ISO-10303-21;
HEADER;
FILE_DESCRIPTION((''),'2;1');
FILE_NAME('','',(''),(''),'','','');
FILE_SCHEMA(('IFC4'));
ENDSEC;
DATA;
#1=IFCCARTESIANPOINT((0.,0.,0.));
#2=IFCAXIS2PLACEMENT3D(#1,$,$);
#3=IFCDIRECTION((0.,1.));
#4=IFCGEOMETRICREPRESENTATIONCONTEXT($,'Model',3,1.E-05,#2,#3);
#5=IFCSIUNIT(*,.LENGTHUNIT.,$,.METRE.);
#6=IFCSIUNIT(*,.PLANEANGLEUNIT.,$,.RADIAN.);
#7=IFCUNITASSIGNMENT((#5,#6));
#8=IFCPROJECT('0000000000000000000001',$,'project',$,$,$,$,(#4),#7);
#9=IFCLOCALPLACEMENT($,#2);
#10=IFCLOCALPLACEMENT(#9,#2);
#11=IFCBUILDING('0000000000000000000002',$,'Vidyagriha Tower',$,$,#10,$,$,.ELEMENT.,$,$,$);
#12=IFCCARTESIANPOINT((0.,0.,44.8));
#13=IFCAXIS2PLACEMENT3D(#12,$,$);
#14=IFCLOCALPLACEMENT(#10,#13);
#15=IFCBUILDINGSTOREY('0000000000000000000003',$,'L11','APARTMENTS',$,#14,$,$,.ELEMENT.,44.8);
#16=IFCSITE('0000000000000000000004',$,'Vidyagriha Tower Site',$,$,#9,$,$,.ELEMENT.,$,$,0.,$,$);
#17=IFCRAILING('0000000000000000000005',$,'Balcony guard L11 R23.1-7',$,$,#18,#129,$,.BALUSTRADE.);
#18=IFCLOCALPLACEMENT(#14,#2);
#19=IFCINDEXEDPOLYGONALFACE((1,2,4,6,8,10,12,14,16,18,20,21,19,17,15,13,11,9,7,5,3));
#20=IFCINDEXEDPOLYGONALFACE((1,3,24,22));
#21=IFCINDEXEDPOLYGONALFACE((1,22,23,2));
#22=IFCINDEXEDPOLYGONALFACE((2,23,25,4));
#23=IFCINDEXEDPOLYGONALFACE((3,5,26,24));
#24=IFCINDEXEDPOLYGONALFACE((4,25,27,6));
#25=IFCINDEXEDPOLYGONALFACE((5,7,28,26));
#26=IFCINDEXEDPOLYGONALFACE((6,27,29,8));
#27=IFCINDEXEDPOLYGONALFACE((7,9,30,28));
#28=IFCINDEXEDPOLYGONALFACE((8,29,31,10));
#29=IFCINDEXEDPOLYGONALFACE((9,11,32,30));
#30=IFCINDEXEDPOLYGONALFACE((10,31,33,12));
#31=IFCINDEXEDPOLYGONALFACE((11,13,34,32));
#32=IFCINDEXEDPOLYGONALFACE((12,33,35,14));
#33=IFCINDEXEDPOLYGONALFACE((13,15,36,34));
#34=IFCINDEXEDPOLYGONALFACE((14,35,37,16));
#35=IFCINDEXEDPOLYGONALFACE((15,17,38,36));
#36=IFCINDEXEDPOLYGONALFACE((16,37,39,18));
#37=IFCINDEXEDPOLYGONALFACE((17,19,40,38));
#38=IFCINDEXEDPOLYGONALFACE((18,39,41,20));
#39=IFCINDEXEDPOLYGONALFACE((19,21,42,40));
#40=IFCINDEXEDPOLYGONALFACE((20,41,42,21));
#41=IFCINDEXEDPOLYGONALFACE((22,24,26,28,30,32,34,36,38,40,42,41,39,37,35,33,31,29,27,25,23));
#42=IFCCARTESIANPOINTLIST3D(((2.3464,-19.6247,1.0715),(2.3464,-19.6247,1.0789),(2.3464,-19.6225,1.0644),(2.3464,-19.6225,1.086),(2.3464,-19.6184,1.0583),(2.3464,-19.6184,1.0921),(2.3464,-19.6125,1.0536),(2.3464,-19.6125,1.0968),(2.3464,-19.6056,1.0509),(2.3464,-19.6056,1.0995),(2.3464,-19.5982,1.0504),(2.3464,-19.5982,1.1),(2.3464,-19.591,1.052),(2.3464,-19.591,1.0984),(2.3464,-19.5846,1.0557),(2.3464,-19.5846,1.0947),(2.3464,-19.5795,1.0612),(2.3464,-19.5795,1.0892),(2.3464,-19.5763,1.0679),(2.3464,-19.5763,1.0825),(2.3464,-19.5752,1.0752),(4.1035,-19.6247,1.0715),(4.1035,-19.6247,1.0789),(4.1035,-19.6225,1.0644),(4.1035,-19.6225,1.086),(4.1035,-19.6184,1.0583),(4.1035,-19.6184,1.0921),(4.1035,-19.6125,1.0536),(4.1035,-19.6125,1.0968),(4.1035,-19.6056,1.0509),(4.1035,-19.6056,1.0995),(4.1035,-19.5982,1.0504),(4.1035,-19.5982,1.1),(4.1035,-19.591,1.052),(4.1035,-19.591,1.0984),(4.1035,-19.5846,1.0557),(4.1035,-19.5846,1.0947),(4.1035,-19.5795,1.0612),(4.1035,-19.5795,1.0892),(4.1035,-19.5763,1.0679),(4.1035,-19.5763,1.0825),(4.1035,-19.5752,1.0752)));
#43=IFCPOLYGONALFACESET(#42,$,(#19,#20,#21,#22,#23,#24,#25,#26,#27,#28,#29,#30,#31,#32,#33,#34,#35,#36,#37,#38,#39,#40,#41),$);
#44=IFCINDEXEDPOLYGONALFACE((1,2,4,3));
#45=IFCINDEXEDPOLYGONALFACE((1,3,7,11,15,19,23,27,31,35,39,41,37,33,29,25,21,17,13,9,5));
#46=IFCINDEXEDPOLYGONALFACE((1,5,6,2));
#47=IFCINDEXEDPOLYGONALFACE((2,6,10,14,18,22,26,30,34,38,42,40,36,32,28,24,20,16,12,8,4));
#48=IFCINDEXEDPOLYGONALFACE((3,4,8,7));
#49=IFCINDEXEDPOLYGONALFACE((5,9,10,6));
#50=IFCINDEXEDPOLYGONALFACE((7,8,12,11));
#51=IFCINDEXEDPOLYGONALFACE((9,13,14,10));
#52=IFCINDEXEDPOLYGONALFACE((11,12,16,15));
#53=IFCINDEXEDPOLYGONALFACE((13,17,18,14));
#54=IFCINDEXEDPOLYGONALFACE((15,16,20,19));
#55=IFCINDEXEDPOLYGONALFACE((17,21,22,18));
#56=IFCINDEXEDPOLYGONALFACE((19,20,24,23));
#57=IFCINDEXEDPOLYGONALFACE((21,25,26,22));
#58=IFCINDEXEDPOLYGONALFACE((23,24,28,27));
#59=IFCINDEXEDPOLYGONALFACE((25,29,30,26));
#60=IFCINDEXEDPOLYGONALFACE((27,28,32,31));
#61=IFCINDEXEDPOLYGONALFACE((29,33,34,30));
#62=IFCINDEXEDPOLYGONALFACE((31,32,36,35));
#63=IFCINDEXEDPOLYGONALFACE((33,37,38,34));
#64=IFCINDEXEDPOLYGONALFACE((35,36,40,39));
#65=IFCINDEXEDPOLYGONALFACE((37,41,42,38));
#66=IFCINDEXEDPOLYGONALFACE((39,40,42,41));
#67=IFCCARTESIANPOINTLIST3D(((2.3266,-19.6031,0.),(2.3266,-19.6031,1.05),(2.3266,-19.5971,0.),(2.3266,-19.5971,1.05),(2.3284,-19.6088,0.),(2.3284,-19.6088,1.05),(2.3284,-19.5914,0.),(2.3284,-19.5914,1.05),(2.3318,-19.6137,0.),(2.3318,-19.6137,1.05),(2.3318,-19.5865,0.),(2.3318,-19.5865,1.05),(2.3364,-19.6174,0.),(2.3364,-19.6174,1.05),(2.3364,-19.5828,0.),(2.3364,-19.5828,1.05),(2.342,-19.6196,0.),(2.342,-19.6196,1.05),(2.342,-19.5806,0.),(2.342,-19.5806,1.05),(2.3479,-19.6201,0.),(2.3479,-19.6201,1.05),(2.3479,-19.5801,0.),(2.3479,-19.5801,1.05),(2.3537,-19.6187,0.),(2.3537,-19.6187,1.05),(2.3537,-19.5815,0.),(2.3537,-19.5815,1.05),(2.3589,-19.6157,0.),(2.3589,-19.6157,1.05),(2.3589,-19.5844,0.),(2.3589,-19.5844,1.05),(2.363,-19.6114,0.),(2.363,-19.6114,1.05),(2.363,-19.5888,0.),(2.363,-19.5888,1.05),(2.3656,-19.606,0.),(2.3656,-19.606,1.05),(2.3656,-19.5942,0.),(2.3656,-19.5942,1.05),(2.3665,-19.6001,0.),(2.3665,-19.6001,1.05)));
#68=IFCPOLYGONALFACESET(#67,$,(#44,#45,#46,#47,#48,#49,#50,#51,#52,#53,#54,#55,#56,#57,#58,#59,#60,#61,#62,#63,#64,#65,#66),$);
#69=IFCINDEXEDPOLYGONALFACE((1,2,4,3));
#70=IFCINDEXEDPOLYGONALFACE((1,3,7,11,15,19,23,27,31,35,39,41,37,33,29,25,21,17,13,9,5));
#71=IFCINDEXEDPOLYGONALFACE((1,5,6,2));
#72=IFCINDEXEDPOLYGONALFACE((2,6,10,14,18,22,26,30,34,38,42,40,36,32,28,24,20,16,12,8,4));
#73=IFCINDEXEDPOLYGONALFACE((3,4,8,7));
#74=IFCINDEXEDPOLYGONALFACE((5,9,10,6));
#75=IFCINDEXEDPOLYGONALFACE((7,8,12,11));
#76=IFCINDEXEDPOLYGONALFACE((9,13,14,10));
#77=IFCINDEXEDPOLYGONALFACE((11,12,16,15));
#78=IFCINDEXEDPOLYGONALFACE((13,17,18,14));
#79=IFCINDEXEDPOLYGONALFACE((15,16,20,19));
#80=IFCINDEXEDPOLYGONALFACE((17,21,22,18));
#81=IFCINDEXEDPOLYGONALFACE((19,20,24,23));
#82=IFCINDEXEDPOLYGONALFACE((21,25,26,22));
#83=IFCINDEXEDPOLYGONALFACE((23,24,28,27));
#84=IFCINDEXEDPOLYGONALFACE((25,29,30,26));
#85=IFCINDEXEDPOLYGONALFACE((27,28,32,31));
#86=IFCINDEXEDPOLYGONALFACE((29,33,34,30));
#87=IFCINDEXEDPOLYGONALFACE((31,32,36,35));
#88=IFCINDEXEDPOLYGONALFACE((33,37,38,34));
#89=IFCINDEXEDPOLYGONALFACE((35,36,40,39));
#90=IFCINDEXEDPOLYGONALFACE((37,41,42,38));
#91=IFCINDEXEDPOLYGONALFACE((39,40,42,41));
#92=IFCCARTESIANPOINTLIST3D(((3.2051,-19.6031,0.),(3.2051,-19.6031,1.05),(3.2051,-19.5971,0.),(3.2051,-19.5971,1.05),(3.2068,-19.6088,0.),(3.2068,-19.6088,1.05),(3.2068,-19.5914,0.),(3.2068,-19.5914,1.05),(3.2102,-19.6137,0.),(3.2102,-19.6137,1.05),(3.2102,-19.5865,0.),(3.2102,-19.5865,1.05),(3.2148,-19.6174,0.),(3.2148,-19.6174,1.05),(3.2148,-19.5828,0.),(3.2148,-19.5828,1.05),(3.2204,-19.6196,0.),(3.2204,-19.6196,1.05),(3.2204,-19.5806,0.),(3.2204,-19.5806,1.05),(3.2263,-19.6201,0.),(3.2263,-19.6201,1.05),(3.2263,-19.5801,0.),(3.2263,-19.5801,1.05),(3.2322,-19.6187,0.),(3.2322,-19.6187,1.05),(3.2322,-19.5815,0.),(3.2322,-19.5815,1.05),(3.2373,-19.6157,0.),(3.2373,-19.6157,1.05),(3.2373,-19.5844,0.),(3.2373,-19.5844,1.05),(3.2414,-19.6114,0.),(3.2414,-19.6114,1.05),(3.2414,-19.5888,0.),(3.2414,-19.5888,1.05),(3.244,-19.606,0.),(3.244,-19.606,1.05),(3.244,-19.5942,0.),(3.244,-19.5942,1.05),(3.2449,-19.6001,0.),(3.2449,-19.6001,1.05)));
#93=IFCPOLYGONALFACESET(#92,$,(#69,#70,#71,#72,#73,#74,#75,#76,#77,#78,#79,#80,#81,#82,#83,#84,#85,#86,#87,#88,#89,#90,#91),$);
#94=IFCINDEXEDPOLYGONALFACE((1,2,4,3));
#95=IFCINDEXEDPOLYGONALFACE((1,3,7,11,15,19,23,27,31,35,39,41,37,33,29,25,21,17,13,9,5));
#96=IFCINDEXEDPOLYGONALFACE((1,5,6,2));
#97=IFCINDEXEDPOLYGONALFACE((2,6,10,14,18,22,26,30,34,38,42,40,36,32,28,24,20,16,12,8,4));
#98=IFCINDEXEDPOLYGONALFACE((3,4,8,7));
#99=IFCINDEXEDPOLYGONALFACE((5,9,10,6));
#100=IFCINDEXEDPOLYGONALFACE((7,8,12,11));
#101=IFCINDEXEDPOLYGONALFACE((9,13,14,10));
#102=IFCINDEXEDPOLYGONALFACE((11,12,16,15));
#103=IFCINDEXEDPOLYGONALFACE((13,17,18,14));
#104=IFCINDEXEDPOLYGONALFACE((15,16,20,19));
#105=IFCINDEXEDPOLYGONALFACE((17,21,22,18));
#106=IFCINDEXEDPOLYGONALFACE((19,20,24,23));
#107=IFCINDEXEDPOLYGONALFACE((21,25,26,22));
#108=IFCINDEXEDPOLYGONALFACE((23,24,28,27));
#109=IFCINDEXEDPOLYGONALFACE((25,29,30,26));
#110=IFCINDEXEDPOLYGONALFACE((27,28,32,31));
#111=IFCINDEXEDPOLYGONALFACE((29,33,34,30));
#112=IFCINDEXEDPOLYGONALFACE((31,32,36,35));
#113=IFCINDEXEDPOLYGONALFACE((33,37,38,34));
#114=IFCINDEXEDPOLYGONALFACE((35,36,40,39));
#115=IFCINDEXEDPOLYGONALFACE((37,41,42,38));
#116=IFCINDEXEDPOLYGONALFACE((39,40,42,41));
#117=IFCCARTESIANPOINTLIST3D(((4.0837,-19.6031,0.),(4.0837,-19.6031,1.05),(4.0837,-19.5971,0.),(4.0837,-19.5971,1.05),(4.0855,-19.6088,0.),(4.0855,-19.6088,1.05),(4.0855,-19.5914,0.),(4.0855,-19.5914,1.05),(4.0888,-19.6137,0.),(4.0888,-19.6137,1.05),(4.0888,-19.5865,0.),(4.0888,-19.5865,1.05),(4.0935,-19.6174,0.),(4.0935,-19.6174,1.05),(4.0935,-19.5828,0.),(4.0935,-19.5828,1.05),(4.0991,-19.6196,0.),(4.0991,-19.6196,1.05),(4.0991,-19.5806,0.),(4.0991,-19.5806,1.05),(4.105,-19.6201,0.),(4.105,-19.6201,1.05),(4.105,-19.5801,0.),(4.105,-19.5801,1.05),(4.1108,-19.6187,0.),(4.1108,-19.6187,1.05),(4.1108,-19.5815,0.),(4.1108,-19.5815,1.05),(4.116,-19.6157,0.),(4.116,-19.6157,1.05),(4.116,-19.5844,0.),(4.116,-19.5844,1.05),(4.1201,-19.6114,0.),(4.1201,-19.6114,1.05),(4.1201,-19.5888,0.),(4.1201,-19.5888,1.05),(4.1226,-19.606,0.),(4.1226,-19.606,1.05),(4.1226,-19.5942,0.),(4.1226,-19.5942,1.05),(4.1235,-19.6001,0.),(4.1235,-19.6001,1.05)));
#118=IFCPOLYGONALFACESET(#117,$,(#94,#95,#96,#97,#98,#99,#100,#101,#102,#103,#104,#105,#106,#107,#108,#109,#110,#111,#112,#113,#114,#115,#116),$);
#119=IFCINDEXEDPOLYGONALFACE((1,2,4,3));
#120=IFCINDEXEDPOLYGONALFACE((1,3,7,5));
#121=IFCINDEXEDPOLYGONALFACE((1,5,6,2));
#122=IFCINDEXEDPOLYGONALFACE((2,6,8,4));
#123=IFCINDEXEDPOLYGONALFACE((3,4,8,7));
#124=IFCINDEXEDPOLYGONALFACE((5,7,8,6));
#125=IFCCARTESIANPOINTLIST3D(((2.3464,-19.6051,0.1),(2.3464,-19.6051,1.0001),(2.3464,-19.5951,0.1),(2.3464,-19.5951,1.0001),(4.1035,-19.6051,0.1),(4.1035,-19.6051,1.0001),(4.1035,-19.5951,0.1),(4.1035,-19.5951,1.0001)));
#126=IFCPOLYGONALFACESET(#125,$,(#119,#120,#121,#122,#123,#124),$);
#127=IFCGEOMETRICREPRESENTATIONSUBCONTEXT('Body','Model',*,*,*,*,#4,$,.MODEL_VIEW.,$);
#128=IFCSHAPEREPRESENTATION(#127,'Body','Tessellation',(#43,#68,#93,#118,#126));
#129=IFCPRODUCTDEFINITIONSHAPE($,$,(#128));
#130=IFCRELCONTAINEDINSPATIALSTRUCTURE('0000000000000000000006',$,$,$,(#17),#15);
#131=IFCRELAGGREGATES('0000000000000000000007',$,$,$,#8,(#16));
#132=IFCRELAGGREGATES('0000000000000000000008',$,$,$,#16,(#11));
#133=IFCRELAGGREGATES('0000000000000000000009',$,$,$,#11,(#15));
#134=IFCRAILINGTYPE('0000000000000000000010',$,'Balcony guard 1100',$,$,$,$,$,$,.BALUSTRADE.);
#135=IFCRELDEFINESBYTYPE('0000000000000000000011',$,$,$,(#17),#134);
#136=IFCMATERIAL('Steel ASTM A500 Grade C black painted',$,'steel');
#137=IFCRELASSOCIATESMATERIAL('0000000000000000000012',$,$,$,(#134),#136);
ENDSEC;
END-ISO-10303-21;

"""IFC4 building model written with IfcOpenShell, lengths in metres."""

from ifc_helpers import new_model, si_unit, direction, frame, origin, origin_2d, place, context, subcontext, project, spatial, rectangle, circle, extrude, material, type_object, element, save


model = new_model("IFC4")

# Units and contexts
model_context = context("Model", 3, precision=1e-05, world=origin(), true_north=direction((0.0, 1.0)))
body_context = subcontext(model_context, "Body", "Model", "MODEL_VIEW")
ifc_project = project(units=[si_unit("LENGTHUNIT", "METRE"), si_unit("PLANEANGLEUNIT", "RADIAN")], contexts=[model_context])

# Site, building, storey
site_placement = place(None, origin())
site = spatial("IfcSite", under=ifc_project, at=site_placement, Name="Vidyagriha Tower Site", CompositionType="ELEMENT", RefElevation=0.0)
building_placement = place(site_placement, origin())
building = spatial("IfcBuilding", under=site, at=building_placement, Name="Vidyagriha Tower", CompositionType="ELEMENT")
storey_placement = place(building_placement, frame((0.0, 0.0, 44.8)))
storey = spatial("IfcBuildingStorey", under=building, at=storey_placement, Name="L11", Description="APARTMENTS", CompositionType="ELEMENT", Elevation=44.8)

# Railing
ifc_material_1 = material(Name="Steel ASTM A500 Grade C black painted", Category="steel")
railing_type = type_object("IfcRailingType", Name="Balcony guard 1100", PredefinedType="BALUSTRADE", material=ifc_material_1)
railing_1_placement = place(storey_placement, frame((2.3464, -19.6001, 0.0)))
element("IfcRailing", 1, at=railing_1_placement, inside=storey, type_object=railing_type, Name="Balcony guard L11 R23.1-7", PredefinedType="BALUSTRADE", context=body_context, shape_type="SweptSolid", body=[
    extrude(circle(Radius=0.0249, at=origin_2d()), frame((0.0, 0.0, 1.0752), z_axis=(1.0, 0.0, 0.0), x_axis=(0.0, 1.0, 0.0)), (0.0, 0.0, 1.0), 1.7571),
    extrude(circle(Radius=0.02, at=origin_2d()), origin(), (0.0, 0.0, 1.0), 1.05),
    extrude(circle(Radius=0.02, at=origin_2d()), frame((0.8784, 0.0, 0.0)), (0.0, 0.0, 1.0), 1.05),
    extrude(circle(Radius=0.02, at=origin_2d()), frame((1.7571, 0.0, 0.0)), (0.0, 0.0, 1.0), 1.05),
    extrude(rectangle(XDim=0.01, YDim=0.9001, at=origin_2d()), frame((0.0, 0.0, 0.55), z_axis=(1.0, 0.0, 0.0), x_axis=(0.0, 1.0, 0.0)), (0.0, 0.0, 1.0), 1.7571),
])

save(model, "model.ifc")
